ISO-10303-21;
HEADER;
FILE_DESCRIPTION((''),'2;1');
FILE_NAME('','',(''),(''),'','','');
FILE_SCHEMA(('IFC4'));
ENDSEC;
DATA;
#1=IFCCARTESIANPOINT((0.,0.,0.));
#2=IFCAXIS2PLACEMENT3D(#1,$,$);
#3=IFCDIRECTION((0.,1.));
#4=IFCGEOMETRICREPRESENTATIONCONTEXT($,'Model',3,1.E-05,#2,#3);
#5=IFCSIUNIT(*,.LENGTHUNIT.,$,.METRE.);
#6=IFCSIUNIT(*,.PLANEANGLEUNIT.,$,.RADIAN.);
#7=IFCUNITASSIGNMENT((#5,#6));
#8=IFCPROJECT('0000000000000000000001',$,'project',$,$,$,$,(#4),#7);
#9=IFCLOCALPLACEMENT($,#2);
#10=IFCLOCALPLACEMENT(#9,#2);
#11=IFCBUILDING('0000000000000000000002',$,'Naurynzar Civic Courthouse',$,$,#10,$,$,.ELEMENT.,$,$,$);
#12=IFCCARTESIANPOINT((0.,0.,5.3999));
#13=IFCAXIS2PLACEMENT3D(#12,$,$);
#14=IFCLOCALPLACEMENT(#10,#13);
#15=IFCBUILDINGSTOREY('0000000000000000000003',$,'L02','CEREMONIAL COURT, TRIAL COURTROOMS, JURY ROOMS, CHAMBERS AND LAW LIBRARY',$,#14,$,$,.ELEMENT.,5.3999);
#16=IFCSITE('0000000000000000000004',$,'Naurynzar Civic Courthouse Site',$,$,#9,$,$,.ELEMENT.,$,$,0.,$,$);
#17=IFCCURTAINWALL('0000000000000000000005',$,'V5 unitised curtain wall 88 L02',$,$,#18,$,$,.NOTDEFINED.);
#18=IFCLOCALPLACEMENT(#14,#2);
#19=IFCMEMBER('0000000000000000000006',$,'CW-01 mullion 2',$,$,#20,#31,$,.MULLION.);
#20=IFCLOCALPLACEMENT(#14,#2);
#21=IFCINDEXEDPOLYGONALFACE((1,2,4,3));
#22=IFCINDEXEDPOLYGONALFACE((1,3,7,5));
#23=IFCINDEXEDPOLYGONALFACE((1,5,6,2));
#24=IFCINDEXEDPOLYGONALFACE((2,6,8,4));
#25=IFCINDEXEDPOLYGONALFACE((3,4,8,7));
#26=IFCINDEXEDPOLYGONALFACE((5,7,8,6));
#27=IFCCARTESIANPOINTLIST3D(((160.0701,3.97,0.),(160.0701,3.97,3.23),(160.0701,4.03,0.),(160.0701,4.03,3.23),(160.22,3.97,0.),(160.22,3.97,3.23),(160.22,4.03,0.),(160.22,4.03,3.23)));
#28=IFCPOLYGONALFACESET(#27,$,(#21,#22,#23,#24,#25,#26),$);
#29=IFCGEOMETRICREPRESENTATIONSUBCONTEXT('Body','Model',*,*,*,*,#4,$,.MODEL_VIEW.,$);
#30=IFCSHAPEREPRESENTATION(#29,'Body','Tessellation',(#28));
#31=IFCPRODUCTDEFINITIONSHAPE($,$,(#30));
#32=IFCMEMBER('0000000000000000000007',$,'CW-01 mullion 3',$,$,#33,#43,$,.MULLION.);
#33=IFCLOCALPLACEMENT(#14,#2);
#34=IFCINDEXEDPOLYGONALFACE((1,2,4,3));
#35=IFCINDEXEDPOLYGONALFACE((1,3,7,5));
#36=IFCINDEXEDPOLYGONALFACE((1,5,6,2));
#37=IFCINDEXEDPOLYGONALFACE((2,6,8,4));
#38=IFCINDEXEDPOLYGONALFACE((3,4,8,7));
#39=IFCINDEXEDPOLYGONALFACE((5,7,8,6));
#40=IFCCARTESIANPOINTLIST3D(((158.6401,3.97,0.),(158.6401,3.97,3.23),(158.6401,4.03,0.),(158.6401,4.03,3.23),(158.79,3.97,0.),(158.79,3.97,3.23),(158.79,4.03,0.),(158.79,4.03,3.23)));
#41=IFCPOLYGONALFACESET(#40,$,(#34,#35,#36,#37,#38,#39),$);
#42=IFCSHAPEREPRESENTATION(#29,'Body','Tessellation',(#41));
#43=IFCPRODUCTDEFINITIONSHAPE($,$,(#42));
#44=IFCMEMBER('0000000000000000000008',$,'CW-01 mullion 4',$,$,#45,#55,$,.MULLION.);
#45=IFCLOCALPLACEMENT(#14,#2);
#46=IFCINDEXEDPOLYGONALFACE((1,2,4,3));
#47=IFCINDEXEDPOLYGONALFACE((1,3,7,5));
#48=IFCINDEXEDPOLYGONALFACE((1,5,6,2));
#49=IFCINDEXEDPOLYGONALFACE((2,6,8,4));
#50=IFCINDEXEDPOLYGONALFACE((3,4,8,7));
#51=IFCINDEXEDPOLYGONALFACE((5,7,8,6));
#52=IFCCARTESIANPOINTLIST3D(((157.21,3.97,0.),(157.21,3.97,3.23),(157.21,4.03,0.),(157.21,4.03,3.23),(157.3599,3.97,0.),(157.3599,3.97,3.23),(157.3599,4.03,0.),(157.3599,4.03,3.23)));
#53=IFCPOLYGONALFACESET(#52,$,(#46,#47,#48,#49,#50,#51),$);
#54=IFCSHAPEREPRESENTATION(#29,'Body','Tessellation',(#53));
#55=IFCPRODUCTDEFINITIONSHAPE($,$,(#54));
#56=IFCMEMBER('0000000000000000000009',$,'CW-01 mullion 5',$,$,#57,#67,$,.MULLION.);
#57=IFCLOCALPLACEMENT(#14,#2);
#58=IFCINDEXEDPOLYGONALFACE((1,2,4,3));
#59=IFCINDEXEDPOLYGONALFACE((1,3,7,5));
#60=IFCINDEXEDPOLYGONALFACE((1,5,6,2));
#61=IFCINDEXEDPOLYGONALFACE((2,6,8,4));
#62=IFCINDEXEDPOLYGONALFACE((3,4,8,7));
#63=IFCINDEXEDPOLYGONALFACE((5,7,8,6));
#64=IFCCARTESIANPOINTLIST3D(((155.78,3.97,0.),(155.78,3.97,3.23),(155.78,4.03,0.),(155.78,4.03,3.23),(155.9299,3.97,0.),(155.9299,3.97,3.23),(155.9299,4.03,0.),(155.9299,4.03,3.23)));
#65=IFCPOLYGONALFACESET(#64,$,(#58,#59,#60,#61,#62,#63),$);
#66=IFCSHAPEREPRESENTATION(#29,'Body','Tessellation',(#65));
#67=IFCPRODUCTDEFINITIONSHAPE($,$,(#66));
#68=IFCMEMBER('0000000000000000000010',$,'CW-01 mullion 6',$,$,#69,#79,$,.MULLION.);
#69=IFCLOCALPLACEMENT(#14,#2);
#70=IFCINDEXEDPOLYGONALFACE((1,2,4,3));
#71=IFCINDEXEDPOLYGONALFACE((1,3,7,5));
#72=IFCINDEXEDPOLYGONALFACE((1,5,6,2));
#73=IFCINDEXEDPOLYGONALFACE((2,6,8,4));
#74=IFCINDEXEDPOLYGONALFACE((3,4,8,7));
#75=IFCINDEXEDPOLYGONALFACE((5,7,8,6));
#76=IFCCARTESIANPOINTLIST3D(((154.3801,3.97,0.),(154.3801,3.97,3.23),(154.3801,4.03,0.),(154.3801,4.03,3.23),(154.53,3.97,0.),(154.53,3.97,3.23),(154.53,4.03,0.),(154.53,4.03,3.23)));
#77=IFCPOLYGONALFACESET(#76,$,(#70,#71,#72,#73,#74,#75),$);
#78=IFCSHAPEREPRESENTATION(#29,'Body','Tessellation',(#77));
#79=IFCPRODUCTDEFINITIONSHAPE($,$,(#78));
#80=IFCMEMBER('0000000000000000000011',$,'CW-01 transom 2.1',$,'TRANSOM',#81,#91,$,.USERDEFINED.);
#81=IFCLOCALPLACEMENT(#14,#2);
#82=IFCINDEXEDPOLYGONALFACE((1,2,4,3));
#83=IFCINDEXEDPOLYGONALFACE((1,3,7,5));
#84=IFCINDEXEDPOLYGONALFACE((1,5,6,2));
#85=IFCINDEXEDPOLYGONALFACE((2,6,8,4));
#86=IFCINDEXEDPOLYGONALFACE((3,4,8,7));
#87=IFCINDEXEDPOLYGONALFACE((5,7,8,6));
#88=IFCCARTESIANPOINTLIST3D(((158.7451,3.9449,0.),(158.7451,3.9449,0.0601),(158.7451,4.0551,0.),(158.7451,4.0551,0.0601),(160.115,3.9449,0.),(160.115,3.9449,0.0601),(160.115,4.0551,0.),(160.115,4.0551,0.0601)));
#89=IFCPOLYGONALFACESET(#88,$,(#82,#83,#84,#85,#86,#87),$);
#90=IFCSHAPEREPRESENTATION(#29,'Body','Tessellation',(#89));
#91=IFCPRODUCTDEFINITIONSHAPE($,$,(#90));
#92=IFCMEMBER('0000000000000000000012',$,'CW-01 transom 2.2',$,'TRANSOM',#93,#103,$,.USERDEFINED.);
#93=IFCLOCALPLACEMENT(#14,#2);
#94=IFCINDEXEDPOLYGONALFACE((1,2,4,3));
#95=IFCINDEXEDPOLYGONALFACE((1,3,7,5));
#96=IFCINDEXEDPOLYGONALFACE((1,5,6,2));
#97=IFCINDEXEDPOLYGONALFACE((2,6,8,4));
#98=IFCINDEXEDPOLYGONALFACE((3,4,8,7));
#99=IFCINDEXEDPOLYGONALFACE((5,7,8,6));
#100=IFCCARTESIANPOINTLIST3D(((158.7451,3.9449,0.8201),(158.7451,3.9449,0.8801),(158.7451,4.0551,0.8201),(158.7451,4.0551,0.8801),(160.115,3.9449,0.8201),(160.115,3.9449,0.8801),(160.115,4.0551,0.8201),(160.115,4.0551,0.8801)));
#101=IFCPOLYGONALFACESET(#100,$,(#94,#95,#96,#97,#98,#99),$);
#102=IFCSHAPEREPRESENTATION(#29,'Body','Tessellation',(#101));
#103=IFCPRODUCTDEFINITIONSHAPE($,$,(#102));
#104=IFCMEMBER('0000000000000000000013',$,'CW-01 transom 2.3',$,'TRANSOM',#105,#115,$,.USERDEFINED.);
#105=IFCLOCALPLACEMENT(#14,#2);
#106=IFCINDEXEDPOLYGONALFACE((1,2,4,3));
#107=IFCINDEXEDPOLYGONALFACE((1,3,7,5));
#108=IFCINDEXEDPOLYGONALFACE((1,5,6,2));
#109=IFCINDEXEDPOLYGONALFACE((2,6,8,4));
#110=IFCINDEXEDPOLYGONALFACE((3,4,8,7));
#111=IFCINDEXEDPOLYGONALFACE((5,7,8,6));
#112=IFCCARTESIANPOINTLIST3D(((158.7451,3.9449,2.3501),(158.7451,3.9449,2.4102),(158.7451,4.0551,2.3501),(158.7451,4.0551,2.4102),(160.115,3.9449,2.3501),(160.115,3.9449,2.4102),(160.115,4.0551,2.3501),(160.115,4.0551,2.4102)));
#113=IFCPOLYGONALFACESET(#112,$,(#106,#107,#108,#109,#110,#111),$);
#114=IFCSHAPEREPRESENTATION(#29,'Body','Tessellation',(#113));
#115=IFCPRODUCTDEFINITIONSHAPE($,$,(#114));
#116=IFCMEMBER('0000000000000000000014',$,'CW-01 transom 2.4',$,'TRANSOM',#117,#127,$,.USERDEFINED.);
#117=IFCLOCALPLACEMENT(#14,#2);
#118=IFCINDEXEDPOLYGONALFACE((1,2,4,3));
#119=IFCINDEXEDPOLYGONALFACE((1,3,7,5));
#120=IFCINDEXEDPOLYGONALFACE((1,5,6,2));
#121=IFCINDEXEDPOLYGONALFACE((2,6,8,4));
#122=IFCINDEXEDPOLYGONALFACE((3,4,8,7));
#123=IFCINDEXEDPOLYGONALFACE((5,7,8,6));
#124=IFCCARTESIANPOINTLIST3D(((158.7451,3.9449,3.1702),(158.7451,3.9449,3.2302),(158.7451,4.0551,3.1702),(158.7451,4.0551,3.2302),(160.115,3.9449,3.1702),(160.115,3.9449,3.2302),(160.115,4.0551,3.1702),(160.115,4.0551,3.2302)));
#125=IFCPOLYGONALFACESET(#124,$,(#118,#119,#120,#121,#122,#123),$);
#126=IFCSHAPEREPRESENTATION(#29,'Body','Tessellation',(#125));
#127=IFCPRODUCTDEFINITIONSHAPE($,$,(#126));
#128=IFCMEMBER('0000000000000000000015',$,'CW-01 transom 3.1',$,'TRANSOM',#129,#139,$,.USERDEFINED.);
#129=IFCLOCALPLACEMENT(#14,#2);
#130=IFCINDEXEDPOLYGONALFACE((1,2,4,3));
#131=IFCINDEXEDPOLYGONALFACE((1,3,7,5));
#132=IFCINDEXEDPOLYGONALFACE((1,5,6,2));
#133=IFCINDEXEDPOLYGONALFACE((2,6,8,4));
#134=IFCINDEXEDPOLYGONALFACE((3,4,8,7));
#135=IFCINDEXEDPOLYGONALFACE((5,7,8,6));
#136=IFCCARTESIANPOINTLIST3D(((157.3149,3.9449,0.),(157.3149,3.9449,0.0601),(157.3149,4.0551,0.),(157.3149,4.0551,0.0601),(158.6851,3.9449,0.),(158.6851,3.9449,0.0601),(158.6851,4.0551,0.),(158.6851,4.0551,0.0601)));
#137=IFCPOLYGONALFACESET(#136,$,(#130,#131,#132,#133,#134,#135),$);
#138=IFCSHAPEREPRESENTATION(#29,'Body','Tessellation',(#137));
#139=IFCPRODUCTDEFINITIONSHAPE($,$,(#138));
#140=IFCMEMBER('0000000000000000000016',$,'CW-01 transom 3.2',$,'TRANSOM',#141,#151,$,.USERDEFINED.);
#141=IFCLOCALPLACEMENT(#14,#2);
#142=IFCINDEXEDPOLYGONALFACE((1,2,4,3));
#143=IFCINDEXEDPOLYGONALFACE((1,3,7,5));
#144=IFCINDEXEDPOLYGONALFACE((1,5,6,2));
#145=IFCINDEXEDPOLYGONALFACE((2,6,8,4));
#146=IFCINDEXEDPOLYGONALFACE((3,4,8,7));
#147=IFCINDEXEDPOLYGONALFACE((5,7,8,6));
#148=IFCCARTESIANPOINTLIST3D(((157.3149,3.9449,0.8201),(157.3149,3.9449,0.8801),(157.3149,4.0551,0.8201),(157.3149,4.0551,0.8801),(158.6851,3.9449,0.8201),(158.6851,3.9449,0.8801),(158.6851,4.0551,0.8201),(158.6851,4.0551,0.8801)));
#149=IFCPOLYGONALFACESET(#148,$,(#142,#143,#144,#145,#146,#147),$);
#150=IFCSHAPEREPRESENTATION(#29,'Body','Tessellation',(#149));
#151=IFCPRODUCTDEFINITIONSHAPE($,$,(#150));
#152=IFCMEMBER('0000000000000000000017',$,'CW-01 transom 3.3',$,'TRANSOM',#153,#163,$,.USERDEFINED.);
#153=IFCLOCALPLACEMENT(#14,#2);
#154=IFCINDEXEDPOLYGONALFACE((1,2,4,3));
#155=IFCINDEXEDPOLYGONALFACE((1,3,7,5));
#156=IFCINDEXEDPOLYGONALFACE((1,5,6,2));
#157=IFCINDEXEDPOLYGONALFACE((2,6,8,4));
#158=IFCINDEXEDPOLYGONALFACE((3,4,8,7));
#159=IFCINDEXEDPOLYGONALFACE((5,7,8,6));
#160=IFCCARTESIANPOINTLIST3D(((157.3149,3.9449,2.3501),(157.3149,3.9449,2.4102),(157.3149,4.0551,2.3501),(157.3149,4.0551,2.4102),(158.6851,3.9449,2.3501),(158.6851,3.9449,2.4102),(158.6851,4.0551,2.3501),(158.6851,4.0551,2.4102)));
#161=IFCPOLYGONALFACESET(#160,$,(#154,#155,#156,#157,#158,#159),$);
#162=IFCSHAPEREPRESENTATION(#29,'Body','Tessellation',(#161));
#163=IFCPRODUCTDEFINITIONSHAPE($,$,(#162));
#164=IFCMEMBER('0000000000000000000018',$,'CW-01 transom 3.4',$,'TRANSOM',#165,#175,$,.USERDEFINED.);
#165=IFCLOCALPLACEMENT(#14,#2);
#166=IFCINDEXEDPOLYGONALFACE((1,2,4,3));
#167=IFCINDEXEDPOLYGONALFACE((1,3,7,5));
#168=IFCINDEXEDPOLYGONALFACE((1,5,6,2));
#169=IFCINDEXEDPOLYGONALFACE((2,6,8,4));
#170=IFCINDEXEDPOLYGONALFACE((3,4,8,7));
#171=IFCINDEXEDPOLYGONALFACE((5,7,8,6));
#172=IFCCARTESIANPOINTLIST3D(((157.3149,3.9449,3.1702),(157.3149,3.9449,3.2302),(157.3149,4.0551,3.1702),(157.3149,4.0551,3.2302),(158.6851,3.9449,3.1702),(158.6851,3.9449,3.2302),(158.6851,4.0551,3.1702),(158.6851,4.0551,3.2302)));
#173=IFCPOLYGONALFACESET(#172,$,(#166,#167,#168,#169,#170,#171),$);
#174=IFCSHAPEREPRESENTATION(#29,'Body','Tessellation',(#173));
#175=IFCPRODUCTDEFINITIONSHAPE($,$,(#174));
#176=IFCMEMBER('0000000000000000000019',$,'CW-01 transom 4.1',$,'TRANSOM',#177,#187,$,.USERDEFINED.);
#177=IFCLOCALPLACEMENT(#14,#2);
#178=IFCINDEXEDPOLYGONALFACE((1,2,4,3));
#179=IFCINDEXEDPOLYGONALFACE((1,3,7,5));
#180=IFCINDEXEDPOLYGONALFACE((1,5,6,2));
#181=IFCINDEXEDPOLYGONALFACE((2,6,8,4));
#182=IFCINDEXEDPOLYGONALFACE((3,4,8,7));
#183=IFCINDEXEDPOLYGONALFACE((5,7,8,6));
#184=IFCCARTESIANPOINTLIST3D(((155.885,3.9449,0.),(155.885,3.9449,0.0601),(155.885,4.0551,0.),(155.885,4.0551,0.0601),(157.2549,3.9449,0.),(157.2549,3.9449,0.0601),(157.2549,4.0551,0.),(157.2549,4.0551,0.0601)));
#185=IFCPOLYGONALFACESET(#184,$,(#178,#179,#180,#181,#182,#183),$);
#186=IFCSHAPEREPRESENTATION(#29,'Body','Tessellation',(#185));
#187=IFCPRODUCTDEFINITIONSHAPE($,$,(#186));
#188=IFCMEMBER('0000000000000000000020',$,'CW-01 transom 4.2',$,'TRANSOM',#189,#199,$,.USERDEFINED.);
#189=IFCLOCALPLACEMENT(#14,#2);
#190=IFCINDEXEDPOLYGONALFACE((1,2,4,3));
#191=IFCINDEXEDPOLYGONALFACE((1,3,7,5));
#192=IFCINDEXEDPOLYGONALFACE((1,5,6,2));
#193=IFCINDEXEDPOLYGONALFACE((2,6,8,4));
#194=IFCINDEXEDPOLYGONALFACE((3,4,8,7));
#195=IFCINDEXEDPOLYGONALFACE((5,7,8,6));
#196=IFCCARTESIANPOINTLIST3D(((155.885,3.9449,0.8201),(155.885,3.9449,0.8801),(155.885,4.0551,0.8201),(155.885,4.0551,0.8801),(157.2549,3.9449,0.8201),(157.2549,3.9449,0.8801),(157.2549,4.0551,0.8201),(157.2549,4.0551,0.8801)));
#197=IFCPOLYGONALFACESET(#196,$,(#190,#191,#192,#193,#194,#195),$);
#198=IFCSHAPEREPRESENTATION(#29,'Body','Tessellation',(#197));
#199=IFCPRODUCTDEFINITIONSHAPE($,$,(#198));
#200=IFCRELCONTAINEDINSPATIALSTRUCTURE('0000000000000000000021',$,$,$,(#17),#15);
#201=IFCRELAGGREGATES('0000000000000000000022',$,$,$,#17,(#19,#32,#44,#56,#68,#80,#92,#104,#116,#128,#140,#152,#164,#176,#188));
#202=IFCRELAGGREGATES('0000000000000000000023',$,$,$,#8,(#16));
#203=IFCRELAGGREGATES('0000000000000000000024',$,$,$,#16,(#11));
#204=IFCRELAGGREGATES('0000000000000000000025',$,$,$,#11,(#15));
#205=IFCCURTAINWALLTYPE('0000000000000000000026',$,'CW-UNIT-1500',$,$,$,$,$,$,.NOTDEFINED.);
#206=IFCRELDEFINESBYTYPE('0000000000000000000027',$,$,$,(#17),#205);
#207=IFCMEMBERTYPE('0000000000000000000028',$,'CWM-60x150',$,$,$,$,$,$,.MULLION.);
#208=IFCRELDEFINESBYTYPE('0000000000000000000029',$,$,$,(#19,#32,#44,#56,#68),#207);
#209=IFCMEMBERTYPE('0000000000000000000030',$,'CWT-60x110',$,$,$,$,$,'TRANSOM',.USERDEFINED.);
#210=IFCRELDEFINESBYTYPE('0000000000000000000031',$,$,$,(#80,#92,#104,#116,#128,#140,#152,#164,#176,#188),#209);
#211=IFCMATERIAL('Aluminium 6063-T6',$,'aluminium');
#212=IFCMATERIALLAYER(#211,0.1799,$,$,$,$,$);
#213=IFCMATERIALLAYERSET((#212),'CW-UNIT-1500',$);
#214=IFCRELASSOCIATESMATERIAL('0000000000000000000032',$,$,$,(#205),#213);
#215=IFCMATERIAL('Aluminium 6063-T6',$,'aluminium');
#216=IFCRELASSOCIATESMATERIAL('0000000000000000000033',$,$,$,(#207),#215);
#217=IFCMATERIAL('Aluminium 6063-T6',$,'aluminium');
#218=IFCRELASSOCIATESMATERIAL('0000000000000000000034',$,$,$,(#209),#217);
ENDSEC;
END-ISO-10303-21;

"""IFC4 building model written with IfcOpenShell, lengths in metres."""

from ifc_helpers import new_model, si_unit, direction, frame, origin, origin_2d, place, context, subcontext, project, spatial, rectangle, extrude, material, layer, layer_set, material_profile, profile_set, type_object, element, aggregate, save


model = new_model("IFC4")

# Units and contexts
model_context = context("Model", 3, precision=1e-05, world=origin(), true_north=direction((0.0, 1.0)))
body_context = subcontext(model_context, "Body", "Model", "MODEL_VIEW")
ifc_project = project(units=[si_unit("LENGTHUNIT", "METRE"), si_unit("PLANEANGLEUNIT", "RADIAN")], contexts=[model_context])

# Site, building, storey
site_placement = place(None, origin())
site = spatial("IfcSite", under=ifc_project, at=site_placement, Name="Naurynzar Civic Courthouse Site", CompositionType="ELEMENT", RefElevation=0.0)
building_placement = place(site_placement, origin())
building = spatial("IfcBuilding", under=site, at=building_placement, Name="Naurynzar Civic Courthouse", CompositionType="ELEMENT")
storey_placement = place(building_placement, frame((0.0, 0.0, 5.3999)))
storey = spatial("IfcBuildingStorey", under=building, at=storey_placement, Name="L02", Description="CEREMONIAL COURT, TRIAL COURTROOMS, JURY ROOMS, CHAMBERS AND LAW LIBRARY", CompositionType="ELEMENT", Elevation=5.3999)

# Curtain wall, members
ifc_material_1 = material(Name="Aluminium 6063-T6", Category="aluminium")
ifc_layer_1 = layer(ifc_material_1, 0.1799)
ifc_layer_set_1 = layer_set([ifc_layer_1], Name="CW-UNIT-1500")
curtain_wall_type = type_object("IfcCurtainWallType", Name="CW-UNIT-1500", PredefinedType="NOTDEFINED", material=ifc_layer_set_1)
curtain_wall_placement = place(storey_placement, origin())
curtain_wall = element("IfcCurtainWall", 1, at=curtain_wall_placement, inside=storey, type_object=curtain_wall_type, Name="V5 unitised curtain wall 88 L02", PredefinedType="NOTDEFINED")
ifc_material_2 = material(Name="Aluminium 6063-T6", Category="aluminium")
ifc_material_profile_1 = material_profile(ifc_material_2, rectangle(XDim=0.0601, YDim=0.1499, at=origin_2d()), Name="ALU MULLION 60x150")
ifc_profile_set_1 = profile_set([ifc_material_profile_1], Name="Aluminium 6063-T6")
member_type_1 = type_object("IfcMemberType", Name="CWM-60x150", PredefinedType="MULLION", material=ifc_profile_set_1)
member_1_placement = place(storey_placement, frame((160.145, 4.0, 0.0), z_axis=(0.0, 0.0, 1.0), x_axis=(0.0, -1.0, 0.0)))
member_1 = element("IfcMember", 2, at=member_1_placement, type_object=member_type_1, Name="CW-01 mullion 2", PredefinedType="MULLION", context=body_context, shape_type="SweptSolid", body=[
    extrude(rectangle(XDim=0.0601, YDim=0.1499, at=origin_2d()), origin(), (0.0, 0.0, 1.0), 3.23),
])
member_2_placement = place(storey_placement, frame((158.7151, 4.0, 0.0), z_axis=(0.0, 0.0, 1.0), x_axis=(0.0, -1.0, 0.0)))
member_2 = element("IfcMember", 3, at=member_2_placement, type_object=member_type_1, Name="CW-01 mullion 3", PredefinedType="MULLION", context=body_context, shape_type="SweptSolid", body=[
    extrude(rectangle(XDim=0.0601, YDim=0.1499, at=origin_2d()), origin(), (0.0, 0.0, 1.0), 3.23),
])
member_3_placement = place(storey_placement, frame((157.2849, 4.0, 0.0), z_axis=(0.0, 0.0, 1.0), x_axis=(0.0, -1.0, 0.0)))
member_3 = element("IfcMember", 4, at=member_3_placement, type_object=member_type_1, Name="CW-01 mullion 4", PredefinedType="MULLION", context=body_context, shape_type="SweptSolid", body=[
    extrude(rectangle(XDim=0.0601, YDim=0.1499, at=origin_2d()), origin(), (0.0, 0.0, 1.0), 3.23),
])
member_4_placement = place(storey_placement, frame((155.855, 4.0, 0.0), z_axis=(0.0, 0.0, 1.0), x_axis=(0.0, -1.0, 0.0)))
member_4 = element("IfcMember", 5, at=member_4_placement, type_object=member_type_1, Name="CW-01 mullion 5", PredefinedType="MULLION", context=body_context, shape_type="SweptSolid", body=[
    extrude(rectangle(XDim=0.0601, YDim=0.1499, at=origin_2d()), origin(), (0.0, 0.0, 1.0), 3.23),
])
member_5_placement = place(storey_placement, frame((154.4551, 4.0, 0.0), z_axis=(0.0, 0.0, 1.0), x_axis=(0.0, -1.0, 0.0)))
member_5 = element("IfcMember", 6, at=member_5_placement, type_object=member_type_1, Name="CW-01 mullion 6", PredefinedType="MULLION", context=body_context, shape_type="SweptSolid", body=[
    extrude(rectangle(XDim=0.0601, YDim=0.1499, at=origin_2d()), origin(), (0.0, 0.0, 1.0), 3.23),
])
ifc_material_3 = material(Name="Aluminium 6063-T6", Category="aluminium")
ifc_material_profile_2 = material_profile(ifc_material_3, rectangle(XDim=0.1101, YDim=0.0601, at=origin_2d()), Name="ALU TRANSOM 60x110")
ifc_profile_set_2 = profile_set([ifc_material_profile_2], Name="Aluminium 6063-T6")
member_type_2 = type_object("IfcMemberType", Name="CWT-60x110", ElementType="TRANSOM", PredefinedType="USERDEFINED", material=ifc_profile_set_2)
member_6_placement = place(storey_placement, frame((160.115, 4.0, 0.03), z_axis=(-1.0, 0.0, 0.0), x_axis=(0.0, -1.0, 0.0)))
member_6 = element("IfcMember", 7, at=member_6_placement, type_object=member_type_2, Name="CW-01 transom 2.1", ObjectType="TRANSOM", PredefinedType="USERDEFINED", context=body_context, shape_type="SweptSolid", body=[
    extrude(rectangle(XDim=0.1101, YDim=0.0601, at=origin_2d()), origin(), (0.0, 0.0, 1.0), 1.3699),
])
member_7_placement = place(storey_placement, frame((160.115, 4.0, 0.8501), z_axis=(-1.0, 0.0, 0.0), x_axis=(0.0, -1.0, 0.0)))
member_7 = element("IfcMember", 8, at=member_7_placement, type_object=member_type_2, Name="CW-01 transom 2.2", ObjectType="TRANSOM", PredefinedType="USERDEFINED", context=body_context, shape_type="SweptSolid", body=[
    extrude(rectangle(XDim=0.1101, YDim=0.0601, at=origin_2d()), origin(), (0.0, 0.0, 1.0), 1.3699),
])
member_8_placement = place(storey_placement, frame((160.115, 4.0, 2.3801), z_axis=(-1.0, 0.0, 0.0), x_axis=(0.0, -1.0, 0.0)))
member_8 = element("IfcMember", 9, at=member_8_placement, type_object=member_type_2, Name="CW-01 transom 2.3", ObjectType="TRANSOM", PredefinedType="USERDEFINED", context=body_context, shape_type="SweptSolid", body=[
    extrude(rectangle(XDim=0.1101, YDim=0.0601, at=origin_2d()), origin(), (0.0, 0.0, 1.0), 1.3699),
])
member_9_placement = place(storey_placement, frame((160.115, 4.0, 3.2002), z_axis=(-1.0, 0.0, 0.0), x_axis=(0.0, -1.0, 0.0)))
member_9 = element("IfcMember", 10, at=member_9_placement, type_object=member_type_2, Name="CW-01 transom 2.4", ObjectType="TRANSOM", PredefinedType="USERDEFINED", context=body_context, shape_type="SweptSolid", body=[
    extrude(rectangle(XDim=0.1101, YDim=0.0601, at=origin_2d()), origin(), (0.0, 0.0, 1.0), 1.3699),
])
member_10_placement = place(storey_placement, frame((158.6851, 4.0, 0.03), z_axis=(-1.0, 0.0, 0.0), x_axis=(0.0, -1.0, 0.0)))
member_10 = element("IfcMember", 11, at=member_10_placement, type_object=member_type_2, Name="CW-01 transom 3.1", ObjectType="TRANSOM", PredefinedType="USERDEFINED", context=body_context, shape_type="SweptSolid", body=[
    extrude(rectangle(XDim=0.1101, YDim=0.0601, at=origin_2d()), origin(), (0.0, 0.0, 1.0), 1.3701),
])
member_11_placement = place(storey_placement, frame((158.6851, 4.0, 0.8501), z_axis=(-1.0, 0.0, 0.0), x_axis=(0.0, -1.0, 0.0)))
member_11 = element("IfcMember", 12, at=member_11_placement, type_object=member_type_2, Name="CW-01 transom 3.2", ObjectType="TRANSOM", PredefinedType="USERDEFINED", context=body_context, shape_type="SweptSolid", body=[
    extrude(rectangle(XDim=0.1101, YDim=0.0601, at=origin_2d()), origin(), (0.0, 0.0, 1.0), 1.3701),
])
member_12_placement = place(storey_placement, frame((158.6851, 4.0, 2.3801), z_axis=(-1.0, 0.0, 0.0), x_axis=(0.0, -1.0, 0.0)))
member_12 = element("IfcMember", 13, at=member_12_placement, type_object=member_type_2, Name="CW-01 transom 3.3", ObjectType="TRANSOM", PredefinedType="USERDEFINED", context=body_context, shape_type="SweptSolid", body=[
    extrude(rectangle(XDim=0.1101, YDim=0.0601, at=origin_2d()), origin(), (0.0, 0.0, 1.0), 1.3701),
])
member_13_placement = place(storey_placement, frame((158.6851, 4.0, 3.2002), z_axis=(-1.0, 0.0, 0.0), x_axis=(0.0, -1.0, 0.0)))
member_13 = element("IfcMember", 14, at=member_13_placement, type_object=member_type_2, Name="CW-01 transom 3.4", ObjectType="TRANSOM", PredefinedType="USERDEFINED", context=body_context, shape_type="SweptSolid", body=[
    extrude(rectangle(XDim=0.1101, YDim=0.0601, at=origin_2d()), origin(), (0.0, 0.0, 1.0), 1.3701),
])
member_14_placement = place(storey_placement, frame((157.2549, 4.0, 0.03), z_axis=(-1.0, 0.0, 0.0), x_axis=(0.0, -1.0, 0.0)))
member_14 = element("IfcMember", 15, at=member_14_placement, type_object=member_type_2, Name="CW-01 transom 4.1", ObjectType="TRANSOM", PredefinedType="USERDEFINED", context=body_context, shape_type="SweptSolid", body=[
    extrude(rectangle(XDim=0.1101, YDim=0.0601, at=origin_2d()), origin(), (0.0, 0.0, 1.0), 1.3699),
])
member_15_placement = place(storey_placement, frame((157.2549, 4.0, 0.8501), z_axis=(-1.0, 0.0, 0.0), x_axis=(0.0, -1.0, 0.0)))
member_15 = element("IfcMember", 16, at=member_15_placement, type_object=member_type_2, Name="CW-01 transom 4.2", ObjectType="TRANSOM", PredefinedType="USERDEFINED", context=body_context, shape_type="SweptSolid", body=[
    extrude(rectangle(XDim=0.1101, YDim=0.0601, at=origin_2d()), origin(), (0.0, 0.0, 1.0), 1.3699),
])
aggregate(curtain_wall, [member_1, member_2, member_3, member_4, member_5, member_6, member_7, member_8, member_9, member_10, member_11, member_12, member_13, member_14, member_15])

save(model, "model.ifc")
